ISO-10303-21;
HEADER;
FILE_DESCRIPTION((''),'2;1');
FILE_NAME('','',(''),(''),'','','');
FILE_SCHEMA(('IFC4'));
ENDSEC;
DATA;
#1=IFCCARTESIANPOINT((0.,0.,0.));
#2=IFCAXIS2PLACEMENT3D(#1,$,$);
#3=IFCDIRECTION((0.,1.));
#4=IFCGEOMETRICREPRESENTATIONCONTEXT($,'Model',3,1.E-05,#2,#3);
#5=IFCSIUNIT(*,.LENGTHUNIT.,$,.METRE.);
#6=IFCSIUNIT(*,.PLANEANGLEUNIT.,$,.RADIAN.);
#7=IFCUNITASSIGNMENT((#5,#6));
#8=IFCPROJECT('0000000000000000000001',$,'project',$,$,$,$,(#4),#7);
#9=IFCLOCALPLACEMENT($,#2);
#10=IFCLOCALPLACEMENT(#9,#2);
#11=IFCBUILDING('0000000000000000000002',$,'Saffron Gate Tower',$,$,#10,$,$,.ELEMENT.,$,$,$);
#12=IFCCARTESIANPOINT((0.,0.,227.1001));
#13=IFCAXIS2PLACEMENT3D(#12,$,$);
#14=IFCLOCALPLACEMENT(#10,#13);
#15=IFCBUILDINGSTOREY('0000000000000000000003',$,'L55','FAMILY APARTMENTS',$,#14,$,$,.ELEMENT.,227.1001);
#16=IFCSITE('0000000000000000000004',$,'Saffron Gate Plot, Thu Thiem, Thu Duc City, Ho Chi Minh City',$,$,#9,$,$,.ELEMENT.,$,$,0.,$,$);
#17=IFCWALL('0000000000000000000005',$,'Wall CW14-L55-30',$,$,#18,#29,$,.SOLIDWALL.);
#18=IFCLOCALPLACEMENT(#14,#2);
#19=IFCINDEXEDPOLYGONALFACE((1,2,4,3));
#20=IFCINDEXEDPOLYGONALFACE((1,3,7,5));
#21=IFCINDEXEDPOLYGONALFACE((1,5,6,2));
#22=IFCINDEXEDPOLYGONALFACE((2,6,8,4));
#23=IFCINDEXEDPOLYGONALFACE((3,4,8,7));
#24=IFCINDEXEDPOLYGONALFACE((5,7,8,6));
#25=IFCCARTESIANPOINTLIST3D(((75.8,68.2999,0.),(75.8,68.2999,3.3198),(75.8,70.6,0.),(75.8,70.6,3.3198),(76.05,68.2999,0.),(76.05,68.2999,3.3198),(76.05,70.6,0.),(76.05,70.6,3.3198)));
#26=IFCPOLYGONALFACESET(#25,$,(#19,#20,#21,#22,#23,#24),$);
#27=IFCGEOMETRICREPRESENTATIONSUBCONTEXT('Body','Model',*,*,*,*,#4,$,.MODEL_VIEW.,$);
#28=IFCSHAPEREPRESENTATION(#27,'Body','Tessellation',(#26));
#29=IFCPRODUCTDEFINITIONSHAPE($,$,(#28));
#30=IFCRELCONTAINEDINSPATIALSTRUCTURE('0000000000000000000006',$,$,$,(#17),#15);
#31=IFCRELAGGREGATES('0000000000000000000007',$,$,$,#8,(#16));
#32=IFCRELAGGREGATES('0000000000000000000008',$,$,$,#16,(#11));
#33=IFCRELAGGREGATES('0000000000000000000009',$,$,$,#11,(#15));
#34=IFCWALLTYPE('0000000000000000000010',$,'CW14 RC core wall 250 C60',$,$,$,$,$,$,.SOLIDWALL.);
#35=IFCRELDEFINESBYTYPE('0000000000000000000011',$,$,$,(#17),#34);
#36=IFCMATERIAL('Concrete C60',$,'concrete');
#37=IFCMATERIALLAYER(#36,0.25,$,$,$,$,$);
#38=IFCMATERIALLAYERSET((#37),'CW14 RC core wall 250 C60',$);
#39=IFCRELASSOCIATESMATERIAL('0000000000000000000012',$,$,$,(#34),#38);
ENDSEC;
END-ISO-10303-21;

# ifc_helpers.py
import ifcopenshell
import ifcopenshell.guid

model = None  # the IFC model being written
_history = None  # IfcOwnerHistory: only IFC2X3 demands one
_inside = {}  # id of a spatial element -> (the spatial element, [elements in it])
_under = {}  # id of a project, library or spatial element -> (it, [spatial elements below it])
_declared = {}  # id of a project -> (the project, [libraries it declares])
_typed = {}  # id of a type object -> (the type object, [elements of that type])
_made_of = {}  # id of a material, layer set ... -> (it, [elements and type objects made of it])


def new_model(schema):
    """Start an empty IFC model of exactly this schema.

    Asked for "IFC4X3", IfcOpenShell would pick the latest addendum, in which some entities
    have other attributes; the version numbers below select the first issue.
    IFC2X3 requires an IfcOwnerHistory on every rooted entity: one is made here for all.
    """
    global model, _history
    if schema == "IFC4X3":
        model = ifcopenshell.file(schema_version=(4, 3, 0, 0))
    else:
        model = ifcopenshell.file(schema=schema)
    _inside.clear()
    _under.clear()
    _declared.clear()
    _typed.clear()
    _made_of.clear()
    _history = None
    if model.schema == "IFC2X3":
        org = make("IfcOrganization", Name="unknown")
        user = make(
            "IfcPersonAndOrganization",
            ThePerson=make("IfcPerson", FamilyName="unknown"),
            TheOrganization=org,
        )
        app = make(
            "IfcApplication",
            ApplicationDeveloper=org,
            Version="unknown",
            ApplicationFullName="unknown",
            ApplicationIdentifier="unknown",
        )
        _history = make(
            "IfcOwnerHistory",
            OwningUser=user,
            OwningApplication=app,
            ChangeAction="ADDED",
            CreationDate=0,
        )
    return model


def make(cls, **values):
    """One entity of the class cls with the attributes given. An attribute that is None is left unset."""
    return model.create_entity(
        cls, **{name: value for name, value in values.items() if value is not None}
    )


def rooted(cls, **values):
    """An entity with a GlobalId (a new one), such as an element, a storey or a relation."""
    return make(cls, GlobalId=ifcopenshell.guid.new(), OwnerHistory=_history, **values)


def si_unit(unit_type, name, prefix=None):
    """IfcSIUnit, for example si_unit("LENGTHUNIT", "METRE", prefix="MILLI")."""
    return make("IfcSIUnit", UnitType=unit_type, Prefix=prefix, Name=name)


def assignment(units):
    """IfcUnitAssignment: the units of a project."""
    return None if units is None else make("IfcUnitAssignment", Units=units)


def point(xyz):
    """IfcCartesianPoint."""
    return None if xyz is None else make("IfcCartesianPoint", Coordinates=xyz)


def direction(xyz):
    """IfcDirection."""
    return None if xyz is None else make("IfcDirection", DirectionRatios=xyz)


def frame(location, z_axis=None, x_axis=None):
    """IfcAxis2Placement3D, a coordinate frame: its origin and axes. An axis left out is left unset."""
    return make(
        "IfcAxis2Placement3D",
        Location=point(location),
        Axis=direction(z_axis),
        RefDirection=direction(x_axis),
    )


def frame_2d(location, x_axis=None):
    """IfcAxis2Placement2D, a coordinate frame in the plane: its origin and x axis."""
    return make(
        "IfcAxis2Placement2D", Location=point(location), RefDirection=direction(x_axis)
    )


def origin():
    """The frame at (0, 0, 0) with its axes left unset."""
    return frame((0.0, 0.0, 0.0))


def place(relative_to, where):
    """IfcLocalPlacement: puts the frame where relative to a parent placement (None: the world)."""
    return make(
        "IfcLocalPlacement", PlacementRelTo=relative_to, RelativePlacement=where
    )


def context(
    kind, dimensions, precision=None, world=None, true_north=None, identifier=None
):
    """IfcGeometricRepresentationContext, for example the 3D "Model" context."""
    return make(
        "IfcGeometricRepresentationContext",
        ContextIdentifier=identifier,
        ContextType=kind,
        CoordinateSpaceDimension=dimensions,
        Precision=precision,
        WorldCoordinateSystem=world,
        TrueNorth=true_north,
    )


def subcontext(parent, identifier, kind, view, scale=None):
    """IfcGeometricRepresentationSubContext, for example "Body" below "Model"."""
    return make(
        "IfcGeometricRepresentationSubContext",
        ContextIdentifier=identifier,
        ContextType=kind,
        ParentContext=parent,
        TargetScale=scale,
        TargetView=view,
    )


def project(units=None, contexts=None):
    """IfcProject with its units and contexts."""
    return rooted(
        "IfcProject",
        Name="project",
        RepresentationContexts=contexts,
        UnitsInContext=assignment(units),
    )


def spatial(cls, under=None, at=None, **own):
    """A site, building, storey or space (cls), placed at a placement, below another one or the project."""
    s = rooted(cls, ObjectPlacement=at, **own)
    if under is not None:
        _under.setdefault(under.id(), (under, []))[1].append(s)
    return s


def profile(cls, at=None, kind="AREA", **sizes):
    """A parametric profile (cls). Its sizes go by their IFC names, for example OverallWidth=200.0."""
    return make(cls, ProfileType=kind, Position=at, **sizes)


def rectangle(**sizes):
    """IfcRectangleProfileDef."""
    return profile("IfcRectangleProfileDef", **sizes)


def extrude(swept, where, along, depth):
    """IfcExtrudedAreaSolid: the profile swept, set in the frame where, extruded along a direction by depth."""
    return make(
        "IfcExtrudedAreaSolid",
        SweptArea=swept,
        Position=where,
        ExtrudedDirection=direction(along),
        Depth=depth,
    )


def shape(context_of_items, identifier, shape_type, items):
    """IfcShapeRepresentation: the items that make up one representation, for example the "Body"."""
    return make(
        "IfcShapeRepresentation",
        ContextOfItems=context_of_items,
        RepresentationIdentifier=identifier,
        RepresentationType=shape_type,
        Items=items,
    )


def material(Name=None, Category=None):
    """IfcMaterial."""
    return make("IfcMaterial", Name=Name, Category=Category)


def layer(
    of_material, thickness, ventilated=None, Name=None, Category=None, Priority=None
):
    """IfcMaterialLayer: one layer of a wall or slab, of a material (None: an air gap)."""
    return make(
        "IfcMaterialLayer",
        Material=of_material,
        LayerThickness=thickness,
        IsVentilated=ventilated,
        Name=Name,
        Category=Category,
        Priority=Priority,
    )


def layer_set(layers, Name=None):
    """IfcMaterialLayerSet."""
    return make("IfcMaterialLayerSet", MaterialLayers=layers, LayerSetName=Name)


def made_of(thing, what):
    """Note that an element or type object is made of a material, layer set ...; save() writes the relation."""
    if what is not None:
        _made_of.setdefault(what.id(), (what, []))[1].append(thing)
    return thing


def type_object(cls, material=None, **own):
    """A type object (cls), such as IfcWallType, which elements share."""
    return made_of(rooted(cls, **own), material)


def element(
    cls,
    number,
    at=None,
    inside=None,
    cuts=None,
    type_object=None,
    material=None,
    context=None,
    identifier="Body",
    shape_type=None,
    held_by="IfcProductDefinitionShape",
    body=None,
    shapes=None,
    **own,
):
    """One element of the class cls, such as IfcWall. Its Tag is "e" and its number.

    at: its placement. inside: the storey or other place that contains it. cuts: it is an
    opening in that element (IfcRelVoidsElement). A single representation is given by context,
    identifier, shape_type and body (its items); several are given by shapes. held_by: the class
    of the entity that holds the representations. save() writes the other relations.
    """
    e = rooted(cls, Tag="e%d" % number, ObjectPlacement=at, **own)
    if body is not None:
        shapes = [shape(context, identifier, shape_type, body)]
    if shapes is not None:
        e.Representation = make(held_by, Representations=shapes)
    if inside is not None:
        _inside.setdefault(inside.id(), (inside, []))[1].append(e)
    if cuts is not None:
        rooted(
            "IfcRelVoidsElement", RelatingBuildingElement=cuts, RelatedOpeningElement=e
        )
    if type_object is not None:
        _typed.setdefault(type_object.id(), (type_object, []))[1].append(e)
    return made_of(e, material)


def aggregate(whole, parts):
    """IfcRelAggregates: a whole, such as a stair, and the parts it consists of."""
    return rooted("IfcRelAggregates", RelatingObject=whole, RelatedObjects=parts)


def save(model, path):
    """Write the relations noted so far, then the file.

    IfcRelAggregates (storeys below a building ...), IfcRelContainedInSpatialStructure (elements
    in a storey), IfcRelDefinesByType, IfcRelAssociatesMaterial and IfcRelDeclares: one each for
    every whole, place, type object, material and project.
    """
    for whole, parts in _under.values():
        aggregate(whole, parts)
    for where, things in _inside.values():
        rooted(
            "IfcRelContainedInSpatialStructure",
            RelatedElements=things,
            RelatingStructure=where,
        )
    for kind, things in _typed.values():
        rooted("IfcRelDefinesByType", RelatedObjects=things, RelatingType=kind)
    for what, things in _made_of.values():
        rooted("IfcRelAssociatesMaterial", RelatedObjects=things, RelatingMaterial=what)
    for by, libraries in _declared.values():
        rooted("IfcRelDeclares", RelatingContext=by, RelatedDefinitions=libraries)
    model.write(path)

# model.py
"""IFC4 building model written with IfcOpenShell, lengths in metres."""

from ifc_helpers import new_model, si_unit, direction, frame, frame_2d, origin, place, context, subcontext, project, spatial, rectangle, extrude, material, layer, layer_set, type_object, element, save


model = new_model("IFC4")

# Units and contexts
model_context = context("Model", 3, precision=1e-05, world=origin(), true_north=direction((0.0, 1.0)))
body_context = subcontext(model_context, "Body", "Model", "MODEL_VIEW")
ifc_project = project(units=[si_unit("LENGTHUNIT", "METRE"), si_unit("PLANEANGLEUNIT", "RADIAN")], contexts=[model_context])

# Site, building, storey
site_placement = place(None, origin())
site = spatial("IfcSite", under=ifc_project, at=site_placement, Name="Saffron Gate Plot, Thu Thiem, Thu Duc City, Ho Chi Minh City", CompositionType="ELEMENT", RefElevation=0.0)
building_placement = place(site_placement, origin())
building = spatial("IfcBuilding", under=site, at=building_placement, Name="Saffron Gate Tower", CompositionType="ELEMENT")
storey_placement = place(building_placement, frame((0.0, 0.0, 227.1001)))
storey = spatial("IfcBuildingStorey", under=building, at=storey_placement, Name="L55", Description="FAMILY APARTMENTS", CompositionType="ELEMENT", Elevation=227.1001)

# Wall
ifc_material_1 = material(Name="Concrete C60", Category="concrete")
ifc_layer_1 = layer(ifc_material_1, 0.25)
ifc_layer_set_1 = layer_set([ifc_layer_1], Name="CW14 RC core wall 250 C60")
wall_type_1 = type_object("IfcWallType", Name="CW14 RC core wall 250 C60", PredefinedType="SOLIDWALL", material=ifc_layer_set_1)
wall_1_placement = place(storey_placement, frame((75.925, 68.3, 0.0), z_axis=(0.0, 0.0, 1.0), x_axis=(0.0, 1.0, 0.0)))
element("IfcWall", 1, at=wall_1_placement, inside=storey, type_object=wall_type_1, Name="Wall CW14-L55-30", PredefinedType="SOLIDWALL", context=body_context, shape_type="SweptSolid", body=[
    extrude(rectangle(XDim=2.3, YDim=0.25, at=frame_2d((1.1499, 0.0))), origin(), (0.0, 0.0, 1.0), 3.3198),
])

save(model, "model.ifc")
